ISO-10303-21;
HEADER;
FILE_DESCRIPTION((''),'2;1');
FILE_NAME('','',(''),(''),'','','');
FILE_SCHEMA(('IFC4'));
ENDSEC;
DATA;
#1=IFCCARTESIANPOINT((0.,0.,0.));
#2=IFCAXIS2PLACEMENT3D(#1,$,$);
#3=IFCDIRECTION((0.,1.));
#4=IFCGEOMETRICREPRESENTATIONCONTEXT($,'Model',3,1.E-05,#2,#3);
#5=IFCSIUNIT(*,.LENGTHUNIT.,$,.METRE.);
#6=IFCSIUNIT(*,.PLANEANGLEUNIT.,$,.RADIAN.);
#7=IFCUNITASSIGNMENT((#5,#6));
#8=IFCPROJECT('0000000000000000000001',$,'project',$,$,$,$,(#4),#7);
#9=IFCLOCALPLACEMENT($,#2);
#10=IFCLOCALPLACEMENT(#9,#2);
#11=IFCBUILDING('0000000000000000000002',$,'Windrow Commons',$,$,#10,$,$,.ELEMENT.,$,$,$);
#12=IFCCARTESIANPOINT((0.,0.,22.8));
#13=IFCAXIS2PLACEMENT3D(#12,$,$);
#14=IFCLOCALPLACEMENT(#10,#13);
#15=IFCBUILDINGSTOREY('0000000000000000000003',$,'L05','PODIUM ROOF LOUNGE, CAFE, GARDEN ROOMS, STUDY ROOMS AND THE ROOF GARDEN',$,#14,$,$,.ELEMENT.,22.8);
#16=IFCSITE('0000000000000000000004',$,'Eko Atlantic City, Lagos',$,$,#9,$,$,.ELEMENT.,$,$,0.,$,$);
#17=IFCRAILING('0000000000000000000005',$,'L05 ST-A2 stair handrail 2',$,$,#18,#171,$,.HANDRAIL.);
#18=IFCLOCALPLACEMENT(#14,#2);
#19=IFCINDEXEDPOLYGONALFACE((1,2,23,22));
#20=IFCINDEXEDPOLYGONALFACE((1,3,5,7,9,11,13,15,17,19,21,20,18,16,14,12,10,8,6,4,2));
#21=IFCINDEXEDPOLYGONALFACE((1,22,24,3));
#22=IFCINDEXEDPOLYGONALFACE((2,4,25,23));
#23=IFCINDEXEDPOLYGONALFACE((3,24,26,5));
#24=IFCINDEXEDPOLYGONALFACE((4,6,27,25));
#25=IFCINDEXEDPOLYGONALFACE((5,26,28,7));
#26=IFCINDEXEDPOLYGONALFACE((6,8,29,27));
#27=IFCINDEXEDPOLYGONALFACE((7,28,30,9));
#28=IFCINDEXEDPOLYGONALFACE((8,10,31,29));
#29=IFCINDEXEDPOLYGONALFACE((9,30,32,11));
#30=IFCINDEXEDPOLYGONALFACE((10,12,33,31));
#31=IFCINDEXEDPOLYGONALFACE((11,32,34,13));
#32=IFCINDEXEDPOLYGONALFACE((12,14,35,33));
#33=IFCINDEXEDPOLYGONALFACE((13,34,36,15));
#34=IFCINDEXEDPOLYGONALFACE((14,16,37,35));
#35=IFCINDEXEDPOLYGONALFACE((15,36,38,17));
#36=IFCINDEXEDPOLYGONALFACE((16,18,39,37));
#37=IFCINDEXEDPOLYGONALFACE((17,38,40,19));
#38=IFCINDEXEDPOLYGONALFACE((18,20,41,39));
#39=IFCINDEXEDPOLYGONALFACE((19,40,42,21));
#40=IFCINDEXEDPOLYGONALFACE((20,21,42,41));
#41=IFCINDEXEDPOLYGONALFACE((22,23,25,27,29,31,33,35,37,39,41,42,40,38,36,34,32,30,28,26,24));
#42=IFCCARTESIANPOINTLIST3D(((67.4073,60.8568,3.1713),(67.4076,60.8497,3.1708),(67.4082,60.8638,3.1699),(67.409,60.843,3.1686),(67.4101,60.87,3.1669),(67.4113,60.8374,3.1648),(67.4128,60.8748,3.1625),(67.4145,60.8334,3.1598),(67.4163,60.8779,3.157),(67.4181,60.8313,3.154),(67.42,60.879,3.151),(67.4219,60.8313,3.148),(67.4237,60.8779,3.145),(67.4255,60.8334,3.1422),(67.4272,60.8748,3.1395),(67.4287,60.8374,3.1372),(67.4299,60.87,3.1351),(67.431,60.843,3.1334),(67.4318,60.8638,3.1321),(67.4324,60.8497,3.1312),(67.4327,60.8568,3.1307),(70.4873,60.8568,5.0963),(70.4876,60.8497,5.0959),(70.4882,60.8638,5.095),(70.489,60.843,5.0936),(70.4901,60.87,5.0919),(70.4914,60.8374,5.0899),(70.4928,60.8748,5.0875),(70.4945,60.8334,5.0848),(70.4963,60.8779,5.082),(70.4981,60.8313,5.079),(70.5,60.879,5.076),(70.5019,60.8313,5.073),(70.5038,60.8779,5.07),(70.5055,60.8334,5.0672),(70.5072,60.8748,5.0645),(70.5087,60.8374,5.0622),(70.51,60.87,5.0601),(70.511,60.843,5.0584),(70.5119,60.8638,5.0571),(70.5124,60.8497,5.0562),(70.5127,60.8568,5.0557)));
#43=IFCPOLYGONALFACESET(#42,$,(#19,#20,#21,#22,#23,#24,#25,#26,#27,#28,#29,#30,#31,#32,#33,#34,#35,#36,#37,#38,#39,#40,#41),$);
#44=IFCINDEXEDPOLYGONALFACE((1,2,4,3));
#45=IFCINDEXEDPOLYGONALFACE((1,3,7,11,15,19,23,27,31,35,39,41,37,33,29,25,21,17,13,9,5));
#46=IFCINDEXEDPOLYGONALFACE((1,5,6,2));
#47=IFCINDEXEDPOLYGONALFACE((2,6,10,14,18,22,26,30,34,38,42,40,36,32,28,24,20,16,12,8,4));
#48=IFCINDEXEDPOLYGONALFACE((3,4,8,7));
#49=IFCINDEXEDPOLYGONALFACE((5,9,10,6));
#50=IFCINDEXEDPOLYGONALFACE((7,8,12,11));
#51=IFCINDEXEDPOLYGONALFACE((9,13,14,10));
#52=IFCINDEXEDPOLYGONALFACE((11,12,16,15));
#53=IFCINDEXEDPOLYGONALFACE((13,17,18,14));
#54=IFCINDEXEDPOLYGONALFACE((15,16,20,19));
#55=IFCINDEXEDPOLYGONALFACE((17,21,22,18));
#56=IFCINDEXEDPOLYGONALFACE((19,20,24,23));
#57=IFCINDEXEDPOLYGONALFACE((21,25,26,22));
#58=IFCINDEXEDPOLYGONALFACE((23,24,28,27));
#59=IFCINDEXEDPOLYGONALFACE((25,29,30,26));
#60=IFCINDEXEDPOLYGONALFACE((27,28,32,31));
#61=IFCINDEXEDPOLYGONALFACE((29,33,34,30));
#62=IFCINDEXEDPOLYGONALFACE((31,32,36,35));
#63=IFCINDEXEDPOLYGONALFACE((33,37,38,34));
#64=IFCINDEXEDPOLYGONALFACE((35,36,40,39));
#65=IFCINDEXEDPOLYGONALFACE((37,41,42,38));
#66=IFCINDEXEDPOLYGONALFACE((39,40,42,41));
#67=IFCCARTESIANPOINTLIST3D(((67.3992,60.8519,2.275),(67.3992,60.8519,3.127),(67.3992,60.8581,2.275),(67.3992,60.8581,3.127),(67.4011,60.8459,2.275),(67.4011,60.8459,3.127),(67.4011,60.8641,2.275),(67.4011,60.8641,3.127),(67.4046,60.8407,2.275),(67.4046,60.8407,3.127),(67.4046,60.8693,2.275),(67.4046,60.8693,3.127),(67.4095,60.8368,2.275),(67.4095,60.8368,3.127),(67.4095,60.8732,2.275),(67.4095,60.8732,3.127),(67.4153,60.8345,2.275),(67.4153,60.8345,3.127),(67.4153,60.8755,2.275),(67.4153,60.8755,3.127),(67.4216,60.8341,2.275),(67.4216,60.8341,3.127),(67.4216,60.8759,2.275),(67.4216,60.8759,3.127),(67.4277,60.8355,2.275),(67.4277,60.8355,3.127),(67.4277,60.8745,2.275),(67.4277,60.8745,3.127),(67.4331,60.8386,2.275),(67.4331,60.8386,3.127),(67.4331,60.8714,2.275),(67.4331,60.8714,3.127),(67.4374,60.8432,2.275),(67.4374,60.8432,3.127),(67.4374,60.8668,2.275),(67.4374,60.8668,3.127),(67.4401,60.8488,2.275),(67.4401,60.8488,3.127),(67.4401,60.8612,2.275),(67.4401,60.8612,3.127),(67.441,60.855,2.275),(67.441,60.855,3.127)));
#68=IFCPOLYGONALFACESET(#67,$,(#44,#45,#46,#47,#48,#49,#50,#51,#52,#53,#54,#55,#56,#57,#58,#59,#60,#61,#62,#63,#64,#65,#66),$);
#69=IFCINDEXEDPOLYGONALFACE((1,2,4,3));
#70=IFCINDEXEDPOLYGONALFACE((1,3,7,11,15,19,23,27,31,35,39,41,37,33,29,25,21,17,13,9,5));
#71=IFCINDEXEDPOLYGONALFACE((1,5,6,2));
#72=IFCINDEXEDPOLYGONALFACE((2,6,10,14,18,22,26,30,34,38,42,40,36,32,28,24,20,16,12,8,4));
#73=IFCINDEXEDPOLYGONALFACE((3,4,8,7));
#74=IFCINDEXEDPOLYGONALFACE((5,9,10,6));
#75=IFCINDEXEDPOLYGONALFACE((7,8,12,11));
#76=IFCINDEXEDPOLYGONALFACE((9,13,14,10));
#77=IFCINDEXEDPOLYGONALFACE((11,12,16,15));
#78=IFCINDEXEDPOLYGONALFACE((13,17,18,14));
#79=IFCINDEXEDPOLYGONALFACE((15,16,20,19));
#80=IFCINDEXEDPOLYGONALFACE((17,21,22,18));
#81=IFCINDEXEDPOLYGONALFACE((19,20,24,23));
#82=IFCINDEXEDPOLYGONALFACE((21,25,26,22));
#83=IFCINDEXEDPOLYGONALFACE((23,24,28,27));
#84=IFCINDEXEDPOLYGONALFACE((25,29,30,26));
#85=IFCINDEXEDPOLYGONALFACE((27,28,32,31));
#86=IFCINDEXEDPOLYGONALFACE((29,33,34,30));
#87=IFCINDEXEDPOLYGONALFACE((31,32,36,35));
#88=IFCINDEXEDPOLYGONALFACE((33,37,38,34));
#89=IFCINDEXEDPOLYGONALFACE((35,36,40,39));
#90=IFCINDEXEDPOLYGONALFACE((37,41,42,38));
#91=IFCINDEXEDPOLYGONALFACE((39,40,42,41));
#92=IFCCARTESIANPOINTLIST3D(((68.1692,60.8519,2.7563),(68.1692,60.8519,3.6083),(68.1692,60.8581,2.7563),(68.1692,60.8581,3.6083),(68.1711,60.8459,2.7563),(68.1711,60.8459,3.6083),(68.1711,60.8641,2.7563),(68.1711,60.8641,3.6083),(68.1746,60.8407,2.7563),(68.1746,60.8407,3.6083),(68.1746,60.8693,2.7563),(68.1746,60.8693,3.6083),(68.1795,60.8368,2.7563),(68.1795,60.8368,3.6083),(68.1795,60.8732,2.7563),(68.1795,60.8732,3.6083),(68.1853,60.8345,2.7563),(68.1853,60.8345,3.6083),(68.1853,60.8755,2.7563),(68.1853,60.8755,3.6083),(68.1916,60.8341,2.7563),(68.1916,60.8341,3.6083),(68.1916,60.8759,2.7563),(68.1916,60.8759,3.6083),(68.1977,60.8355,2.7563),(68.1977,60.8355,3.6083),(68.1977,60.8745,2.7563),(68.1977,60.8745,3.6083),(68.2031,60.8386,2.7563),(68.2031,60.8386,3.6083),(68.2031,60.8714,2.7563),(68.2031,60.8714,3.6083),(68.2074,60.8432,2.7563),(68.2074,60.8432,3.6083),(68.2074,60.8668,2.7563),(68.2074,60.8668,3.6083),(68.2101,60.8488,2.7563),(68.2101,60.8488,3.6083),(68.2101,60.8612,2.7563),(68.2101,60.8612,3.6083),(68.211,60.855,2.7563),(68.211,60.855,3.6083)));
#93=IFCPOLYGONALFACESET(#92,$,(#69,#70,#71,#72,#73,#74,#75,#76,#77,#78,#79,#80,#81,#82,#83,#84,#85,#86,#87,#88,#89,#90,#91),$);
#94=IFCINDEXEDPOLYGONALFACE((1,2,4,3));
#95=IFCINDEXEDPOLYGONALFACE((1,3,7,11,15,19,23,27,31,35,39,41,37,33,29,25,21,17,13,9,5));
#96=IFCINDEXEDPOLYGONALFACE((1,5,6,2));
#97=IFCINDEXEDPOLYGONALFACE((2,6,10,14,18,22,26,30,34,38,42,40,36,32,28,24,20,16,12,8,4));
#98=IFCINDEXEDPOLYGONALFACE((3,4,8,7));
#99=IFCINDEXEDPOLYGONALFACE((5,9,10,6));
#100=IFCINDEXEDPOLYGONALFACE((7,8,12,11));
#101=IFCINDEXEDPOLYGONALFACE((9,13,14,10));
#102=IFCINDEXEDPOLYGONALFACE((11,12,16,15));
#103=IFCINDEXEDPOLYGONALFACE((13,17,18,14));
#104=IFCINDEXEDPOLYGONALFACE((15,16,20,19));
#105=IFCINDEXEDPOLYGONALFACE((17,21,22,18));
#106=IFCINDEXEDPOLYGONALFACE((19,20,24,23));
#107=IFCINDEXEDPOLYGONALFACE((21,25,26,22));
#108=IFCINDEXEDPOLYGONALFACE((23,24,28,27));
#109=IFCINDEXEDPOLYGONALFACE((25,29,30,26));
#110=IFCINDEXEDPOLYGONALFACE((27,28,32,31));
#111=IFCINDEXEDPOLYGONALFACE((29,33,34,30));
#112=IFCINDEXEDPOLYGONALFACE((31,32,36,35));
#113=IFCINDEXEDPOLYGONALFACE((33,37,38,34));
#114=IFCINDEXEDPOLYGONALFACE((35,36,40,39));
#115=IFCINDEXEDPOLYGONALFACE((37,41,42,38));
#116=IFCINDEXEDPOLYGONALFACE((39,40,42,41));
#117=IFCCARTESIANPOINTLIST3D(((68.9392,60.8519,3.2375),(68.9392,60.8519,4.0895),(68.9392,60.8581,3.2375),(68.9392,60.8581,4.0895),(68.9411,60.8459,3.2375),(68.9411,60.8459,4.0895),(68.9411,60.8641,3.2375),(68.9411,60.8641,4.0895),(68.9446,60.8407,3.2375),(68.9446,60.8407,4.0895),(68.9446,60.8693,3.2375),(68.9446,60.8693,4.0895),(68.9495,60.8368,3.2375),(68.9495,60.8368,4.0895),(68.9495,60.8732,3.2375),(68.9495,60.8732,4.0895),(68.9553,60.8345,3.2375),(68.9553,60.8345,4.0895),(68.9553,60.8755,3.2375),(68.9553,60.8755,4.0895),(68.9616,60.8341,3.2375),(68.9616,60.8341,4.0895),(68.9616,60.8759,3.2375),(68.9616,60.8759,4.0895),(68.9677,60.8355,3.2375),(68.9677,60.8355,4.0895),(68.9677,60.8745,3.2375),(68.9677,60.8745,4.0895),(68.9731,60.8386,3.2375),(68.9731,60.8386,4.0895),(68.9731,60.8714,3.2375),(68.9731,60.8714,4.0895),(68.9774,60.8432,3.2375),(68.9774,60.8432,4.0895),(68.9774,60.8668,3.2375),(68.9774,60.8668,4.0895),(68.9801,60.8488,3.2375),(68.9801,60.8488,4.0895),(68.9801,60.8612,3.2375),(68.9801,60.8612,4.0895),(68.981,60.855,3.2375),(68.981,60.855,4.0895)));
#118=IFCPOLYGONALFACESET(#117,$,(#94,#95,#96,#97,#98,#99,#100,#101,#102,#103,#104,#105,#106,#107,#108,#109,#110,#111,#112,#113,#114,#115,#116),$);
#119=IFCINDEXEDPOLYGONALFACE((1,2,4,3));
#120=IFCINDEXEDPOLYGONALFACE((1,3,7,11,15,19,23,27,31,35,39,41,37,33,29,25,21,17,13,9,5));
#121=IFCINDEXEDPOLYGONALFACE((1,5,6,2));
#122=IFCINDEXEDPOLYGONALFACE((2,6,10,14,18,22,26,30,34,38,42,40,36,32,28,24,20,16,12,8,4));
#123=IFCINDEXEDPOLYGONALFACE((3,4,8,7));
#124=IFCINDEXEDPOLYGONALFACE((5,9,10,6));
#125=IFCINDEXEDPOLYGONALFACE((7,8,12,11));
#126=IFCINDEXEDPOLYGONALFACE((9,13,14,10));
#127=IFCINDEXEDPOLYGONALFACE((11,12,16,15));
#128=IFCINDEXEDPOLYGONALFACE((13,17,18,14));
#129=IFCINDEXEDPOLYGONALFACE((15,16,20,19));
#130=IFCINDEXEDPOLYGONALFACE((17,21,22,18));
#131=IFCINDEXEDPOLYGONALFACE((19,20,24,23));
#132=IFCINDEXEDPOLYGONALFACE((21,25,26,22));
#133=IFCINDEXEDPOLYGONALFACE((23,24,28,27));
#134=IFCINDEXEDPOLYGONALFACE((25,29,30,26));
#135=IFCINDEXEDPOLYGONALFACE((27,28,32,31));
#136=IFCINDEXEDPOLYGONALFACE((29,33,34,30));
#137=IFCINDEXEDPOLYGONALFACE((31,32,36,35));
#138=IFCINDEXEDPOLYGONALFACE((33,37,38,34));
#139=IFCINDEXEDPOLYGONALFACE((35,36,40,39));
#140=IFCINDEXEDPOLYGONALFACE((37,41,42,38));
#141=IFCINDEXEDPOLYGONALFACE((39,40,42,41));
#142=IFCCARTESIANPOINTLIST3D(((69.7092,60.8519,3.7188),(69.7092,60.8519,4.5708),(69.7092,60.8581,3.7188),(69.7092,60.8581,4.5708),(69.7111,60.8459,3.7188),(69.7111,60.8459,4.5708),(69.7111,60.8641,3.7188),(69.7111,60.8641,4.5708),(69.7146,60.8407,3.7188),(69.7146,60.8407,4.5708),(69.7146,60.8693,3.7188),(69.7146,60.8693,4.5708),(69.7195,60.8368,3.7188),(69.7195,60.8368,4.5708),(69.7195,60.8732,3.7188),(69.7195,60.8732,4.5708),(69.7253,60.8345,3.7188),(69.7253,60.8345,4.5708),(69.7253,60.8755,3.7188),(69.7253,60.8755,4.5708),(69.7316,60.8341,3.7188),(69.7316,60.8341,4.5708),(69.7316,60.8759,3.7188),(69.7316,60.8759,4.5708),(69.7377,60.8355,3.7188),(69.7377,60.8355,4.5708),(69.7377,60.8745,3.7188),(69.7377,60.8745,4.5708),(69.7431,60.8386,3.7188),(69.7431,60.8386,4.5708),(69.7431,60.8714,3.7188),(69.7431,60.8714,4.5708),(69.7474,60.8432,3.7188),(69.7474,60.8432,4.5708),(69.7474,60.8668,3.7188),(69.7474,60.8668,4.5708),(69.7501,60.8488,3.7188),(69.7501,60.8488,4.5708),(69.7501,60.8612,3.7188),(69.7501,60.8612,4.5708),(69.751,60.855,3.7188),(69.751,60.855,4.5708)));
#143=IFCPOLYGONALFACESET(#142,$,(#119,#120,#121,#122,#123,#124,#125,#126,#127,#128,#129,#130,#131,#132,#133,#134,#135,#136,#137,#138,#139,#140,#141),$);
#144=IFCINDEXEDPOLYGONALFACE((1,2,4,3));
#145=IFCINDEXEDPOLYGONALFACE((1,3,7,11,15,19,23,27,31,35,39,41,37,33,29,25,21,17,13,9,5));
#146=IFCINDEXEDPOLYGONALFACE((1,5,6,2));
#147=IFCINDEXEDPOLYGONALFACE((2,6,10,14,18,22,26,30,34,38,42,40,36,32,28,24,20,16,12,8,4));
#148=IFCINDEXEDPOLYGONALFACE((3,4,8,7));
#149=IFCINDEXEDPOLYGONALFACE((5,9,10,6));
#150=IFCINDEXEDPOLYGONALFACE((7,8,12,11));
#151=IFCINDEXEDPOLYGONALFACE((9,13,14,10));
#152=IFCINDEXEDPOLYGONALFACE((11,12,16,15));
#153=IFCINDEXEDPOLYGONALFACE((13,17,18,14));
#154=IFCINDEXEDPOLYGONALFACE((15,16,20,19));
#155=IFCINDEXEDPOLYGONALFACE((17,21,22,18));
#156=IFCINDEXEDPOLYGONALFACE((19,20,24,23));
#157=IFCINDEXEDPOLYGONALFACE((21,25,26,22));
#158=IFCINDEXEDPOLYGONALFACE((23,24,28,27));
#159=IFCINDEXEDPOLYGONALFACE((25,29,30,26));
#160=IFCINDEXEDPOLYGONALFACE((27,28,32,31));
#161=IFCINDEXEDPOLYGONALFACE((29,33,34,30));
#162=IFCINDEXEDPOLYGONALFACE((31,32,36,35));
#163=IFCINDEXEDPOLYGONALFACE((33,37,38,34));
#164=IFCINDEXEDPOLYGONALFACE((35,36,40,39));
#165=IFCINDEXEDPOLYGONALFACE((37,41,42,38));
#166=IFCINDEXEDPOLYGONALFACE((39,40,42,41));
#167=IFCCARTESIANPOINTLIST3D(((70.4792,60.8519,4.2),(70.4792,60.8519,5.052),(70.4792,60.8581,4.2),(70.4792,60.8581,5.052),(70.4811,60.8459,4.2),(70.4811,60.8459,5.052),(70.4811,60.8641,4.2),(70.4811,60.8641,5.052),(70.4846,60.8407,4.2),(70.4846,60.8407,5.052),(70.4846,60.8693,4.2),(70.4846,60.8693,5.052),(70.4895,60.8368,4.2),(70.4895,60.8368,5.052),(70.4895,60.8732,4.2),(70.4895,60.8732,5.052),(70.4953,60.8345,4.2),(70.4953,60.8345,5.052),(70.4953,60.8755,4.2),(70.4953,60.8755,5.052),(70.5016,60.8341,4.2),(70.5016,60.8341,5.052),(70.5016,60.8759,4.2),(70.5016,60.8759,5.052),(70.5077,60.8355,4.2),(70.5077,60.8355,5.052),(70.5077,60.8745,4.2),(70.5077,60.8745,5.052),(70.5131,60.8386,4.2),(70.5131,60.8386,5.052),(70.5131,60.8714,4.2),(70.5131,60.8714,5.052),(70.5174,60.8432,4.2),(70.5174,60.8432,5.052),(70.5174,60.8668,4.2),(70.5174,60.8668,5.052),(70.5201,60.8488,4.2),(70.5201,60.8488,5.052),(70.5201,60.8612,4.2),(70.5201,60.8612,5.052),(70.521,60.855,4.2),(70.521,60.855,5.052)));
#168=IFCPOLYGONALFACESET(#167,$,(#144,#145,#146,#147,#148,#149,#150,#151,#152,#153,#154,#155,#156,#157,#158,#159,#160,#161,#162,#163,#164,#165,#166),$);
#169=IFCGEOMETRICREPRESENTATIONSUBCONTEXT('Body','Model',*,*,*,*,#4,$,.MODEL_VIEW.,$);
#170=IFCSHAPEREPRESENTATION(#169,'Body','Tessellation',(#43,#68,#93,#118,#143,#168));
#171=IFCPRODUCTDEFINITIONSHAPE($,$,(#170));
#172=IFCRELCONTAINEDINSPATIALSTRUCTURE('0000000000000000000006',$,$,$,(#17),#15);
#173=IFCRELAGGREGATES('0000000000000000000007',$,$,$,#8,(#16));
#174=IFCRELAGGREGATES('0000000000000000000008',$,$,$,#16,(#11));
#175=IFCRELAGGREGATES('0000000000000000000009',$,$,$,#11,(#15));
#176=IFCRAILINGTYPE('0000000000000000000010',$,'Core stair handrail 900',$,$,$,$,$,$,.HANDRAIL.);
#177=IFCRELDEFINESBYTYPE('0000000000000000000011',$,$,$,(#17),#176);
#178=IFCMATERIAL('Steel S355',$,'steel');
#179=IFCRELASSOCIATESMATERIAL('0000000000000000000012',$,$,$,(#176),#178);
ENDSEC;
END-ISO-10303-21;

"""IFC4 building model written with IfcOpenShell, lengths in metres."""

from ifc_helpers import new_model, si_unit, direction, frame, origin, origin_2d, place, context, subcontext, project, spatial, circle, extrude, material, type_object, element, save


model = new_model("IFC4")

# Units and contexts
model_context = context("Model", 3, precision=1e-05, world=origin(), true_north=direction((0.0, 1.0)))
body_context = subcontext(model_context, "Body", "Model", "MODEL_VIEW")
ifc_project = project(units=[si_unit("LENGTHUNIT", "METRE"), si_unit("PLANEANGLEUNIT", "RADIAN")], contexts=[model_context])

# Site, building, storey
site_placement = place(None, origin())
site = spatial("IfcSite", under=ifc_project, at=site_placement, Name="Eko Atlantic City, Lagos", CompositionType="ELEMENT", RefElevation=0.0)
building_placement = place(site_placement, origin())
building = spatial("IfcBuilding", under=site, at=building_placement, Name="Windrow Commons", CompositionType="ELEMENT")
storey_placement = place(building_placement, frame((0.0, 0.0, 22.8)))
storey = spatial("IfcBuildingStorey", under=building, at=storey_placement, Name="L05", Description="PODIUM ROOF LOUNGE, CAFE, GARDEN ROOMS, STUDY ROOMS AND THE ROOF GARDEN", CompositionType="ELEMENT", Elevation=22.8)

# Railing
ifc_material_1 = material(Name="Steel S355", Category="steel")
railing_type_1 = type_object("IfcRailingType", Name="Core stair handrail 900", PredefinedType="HANDRAIL", material=ifc_material_1)
railing_1_placement = place(storey_placement, frame((67.42, 60.855, 2.275)))
element("IfcRailing", 1, at=railing_1_placement, inside=storey, type_object=railing_type_1, Name="L05 ST-A2 stair handrail 2", PredefinedType="HANDRAIL", context=body_context, shape_type="SweptSolid", body=[
    extrude(circle(Radius=0.024, at=origin_2d()), frame((0.0, 0.0, 0.876), z_axis=(0.847998, 0.0, 0.529999), x_axis=(0.0, 1.0, 0.0)), (0.0, 0.0, 1.0), 3.6321),
    extrude(circle(Radius=0.021, at=origin_2d()), origin(), (0.0, 0.0, 1.0), 0.852),
    extrude(circle(Radius=0.021, at=origin_2d()), frame((0.77, 0.0, 0.4813)), (0.0, 0.0, 1.0), 0.852),
    extrude(circle(Radius=0.021, at=origin_2d()), frame((1.54, 0.0, 0.9625)), (0.0, 0.0, 1.0), 0.852),
    extrude(circle(Radius=0.021, at=origin_2d()), frame((2.31, 0.0, 1.4438)), (0.0, 0.0, 1.0), 0.852),
    extrude(circle(Radius=0.021, at=origin_2d()), frame((3.08, 0.0, 1.925)), (0.0, 0.0, 1.0), 0.852),
])

save(model, "model.ifc")
